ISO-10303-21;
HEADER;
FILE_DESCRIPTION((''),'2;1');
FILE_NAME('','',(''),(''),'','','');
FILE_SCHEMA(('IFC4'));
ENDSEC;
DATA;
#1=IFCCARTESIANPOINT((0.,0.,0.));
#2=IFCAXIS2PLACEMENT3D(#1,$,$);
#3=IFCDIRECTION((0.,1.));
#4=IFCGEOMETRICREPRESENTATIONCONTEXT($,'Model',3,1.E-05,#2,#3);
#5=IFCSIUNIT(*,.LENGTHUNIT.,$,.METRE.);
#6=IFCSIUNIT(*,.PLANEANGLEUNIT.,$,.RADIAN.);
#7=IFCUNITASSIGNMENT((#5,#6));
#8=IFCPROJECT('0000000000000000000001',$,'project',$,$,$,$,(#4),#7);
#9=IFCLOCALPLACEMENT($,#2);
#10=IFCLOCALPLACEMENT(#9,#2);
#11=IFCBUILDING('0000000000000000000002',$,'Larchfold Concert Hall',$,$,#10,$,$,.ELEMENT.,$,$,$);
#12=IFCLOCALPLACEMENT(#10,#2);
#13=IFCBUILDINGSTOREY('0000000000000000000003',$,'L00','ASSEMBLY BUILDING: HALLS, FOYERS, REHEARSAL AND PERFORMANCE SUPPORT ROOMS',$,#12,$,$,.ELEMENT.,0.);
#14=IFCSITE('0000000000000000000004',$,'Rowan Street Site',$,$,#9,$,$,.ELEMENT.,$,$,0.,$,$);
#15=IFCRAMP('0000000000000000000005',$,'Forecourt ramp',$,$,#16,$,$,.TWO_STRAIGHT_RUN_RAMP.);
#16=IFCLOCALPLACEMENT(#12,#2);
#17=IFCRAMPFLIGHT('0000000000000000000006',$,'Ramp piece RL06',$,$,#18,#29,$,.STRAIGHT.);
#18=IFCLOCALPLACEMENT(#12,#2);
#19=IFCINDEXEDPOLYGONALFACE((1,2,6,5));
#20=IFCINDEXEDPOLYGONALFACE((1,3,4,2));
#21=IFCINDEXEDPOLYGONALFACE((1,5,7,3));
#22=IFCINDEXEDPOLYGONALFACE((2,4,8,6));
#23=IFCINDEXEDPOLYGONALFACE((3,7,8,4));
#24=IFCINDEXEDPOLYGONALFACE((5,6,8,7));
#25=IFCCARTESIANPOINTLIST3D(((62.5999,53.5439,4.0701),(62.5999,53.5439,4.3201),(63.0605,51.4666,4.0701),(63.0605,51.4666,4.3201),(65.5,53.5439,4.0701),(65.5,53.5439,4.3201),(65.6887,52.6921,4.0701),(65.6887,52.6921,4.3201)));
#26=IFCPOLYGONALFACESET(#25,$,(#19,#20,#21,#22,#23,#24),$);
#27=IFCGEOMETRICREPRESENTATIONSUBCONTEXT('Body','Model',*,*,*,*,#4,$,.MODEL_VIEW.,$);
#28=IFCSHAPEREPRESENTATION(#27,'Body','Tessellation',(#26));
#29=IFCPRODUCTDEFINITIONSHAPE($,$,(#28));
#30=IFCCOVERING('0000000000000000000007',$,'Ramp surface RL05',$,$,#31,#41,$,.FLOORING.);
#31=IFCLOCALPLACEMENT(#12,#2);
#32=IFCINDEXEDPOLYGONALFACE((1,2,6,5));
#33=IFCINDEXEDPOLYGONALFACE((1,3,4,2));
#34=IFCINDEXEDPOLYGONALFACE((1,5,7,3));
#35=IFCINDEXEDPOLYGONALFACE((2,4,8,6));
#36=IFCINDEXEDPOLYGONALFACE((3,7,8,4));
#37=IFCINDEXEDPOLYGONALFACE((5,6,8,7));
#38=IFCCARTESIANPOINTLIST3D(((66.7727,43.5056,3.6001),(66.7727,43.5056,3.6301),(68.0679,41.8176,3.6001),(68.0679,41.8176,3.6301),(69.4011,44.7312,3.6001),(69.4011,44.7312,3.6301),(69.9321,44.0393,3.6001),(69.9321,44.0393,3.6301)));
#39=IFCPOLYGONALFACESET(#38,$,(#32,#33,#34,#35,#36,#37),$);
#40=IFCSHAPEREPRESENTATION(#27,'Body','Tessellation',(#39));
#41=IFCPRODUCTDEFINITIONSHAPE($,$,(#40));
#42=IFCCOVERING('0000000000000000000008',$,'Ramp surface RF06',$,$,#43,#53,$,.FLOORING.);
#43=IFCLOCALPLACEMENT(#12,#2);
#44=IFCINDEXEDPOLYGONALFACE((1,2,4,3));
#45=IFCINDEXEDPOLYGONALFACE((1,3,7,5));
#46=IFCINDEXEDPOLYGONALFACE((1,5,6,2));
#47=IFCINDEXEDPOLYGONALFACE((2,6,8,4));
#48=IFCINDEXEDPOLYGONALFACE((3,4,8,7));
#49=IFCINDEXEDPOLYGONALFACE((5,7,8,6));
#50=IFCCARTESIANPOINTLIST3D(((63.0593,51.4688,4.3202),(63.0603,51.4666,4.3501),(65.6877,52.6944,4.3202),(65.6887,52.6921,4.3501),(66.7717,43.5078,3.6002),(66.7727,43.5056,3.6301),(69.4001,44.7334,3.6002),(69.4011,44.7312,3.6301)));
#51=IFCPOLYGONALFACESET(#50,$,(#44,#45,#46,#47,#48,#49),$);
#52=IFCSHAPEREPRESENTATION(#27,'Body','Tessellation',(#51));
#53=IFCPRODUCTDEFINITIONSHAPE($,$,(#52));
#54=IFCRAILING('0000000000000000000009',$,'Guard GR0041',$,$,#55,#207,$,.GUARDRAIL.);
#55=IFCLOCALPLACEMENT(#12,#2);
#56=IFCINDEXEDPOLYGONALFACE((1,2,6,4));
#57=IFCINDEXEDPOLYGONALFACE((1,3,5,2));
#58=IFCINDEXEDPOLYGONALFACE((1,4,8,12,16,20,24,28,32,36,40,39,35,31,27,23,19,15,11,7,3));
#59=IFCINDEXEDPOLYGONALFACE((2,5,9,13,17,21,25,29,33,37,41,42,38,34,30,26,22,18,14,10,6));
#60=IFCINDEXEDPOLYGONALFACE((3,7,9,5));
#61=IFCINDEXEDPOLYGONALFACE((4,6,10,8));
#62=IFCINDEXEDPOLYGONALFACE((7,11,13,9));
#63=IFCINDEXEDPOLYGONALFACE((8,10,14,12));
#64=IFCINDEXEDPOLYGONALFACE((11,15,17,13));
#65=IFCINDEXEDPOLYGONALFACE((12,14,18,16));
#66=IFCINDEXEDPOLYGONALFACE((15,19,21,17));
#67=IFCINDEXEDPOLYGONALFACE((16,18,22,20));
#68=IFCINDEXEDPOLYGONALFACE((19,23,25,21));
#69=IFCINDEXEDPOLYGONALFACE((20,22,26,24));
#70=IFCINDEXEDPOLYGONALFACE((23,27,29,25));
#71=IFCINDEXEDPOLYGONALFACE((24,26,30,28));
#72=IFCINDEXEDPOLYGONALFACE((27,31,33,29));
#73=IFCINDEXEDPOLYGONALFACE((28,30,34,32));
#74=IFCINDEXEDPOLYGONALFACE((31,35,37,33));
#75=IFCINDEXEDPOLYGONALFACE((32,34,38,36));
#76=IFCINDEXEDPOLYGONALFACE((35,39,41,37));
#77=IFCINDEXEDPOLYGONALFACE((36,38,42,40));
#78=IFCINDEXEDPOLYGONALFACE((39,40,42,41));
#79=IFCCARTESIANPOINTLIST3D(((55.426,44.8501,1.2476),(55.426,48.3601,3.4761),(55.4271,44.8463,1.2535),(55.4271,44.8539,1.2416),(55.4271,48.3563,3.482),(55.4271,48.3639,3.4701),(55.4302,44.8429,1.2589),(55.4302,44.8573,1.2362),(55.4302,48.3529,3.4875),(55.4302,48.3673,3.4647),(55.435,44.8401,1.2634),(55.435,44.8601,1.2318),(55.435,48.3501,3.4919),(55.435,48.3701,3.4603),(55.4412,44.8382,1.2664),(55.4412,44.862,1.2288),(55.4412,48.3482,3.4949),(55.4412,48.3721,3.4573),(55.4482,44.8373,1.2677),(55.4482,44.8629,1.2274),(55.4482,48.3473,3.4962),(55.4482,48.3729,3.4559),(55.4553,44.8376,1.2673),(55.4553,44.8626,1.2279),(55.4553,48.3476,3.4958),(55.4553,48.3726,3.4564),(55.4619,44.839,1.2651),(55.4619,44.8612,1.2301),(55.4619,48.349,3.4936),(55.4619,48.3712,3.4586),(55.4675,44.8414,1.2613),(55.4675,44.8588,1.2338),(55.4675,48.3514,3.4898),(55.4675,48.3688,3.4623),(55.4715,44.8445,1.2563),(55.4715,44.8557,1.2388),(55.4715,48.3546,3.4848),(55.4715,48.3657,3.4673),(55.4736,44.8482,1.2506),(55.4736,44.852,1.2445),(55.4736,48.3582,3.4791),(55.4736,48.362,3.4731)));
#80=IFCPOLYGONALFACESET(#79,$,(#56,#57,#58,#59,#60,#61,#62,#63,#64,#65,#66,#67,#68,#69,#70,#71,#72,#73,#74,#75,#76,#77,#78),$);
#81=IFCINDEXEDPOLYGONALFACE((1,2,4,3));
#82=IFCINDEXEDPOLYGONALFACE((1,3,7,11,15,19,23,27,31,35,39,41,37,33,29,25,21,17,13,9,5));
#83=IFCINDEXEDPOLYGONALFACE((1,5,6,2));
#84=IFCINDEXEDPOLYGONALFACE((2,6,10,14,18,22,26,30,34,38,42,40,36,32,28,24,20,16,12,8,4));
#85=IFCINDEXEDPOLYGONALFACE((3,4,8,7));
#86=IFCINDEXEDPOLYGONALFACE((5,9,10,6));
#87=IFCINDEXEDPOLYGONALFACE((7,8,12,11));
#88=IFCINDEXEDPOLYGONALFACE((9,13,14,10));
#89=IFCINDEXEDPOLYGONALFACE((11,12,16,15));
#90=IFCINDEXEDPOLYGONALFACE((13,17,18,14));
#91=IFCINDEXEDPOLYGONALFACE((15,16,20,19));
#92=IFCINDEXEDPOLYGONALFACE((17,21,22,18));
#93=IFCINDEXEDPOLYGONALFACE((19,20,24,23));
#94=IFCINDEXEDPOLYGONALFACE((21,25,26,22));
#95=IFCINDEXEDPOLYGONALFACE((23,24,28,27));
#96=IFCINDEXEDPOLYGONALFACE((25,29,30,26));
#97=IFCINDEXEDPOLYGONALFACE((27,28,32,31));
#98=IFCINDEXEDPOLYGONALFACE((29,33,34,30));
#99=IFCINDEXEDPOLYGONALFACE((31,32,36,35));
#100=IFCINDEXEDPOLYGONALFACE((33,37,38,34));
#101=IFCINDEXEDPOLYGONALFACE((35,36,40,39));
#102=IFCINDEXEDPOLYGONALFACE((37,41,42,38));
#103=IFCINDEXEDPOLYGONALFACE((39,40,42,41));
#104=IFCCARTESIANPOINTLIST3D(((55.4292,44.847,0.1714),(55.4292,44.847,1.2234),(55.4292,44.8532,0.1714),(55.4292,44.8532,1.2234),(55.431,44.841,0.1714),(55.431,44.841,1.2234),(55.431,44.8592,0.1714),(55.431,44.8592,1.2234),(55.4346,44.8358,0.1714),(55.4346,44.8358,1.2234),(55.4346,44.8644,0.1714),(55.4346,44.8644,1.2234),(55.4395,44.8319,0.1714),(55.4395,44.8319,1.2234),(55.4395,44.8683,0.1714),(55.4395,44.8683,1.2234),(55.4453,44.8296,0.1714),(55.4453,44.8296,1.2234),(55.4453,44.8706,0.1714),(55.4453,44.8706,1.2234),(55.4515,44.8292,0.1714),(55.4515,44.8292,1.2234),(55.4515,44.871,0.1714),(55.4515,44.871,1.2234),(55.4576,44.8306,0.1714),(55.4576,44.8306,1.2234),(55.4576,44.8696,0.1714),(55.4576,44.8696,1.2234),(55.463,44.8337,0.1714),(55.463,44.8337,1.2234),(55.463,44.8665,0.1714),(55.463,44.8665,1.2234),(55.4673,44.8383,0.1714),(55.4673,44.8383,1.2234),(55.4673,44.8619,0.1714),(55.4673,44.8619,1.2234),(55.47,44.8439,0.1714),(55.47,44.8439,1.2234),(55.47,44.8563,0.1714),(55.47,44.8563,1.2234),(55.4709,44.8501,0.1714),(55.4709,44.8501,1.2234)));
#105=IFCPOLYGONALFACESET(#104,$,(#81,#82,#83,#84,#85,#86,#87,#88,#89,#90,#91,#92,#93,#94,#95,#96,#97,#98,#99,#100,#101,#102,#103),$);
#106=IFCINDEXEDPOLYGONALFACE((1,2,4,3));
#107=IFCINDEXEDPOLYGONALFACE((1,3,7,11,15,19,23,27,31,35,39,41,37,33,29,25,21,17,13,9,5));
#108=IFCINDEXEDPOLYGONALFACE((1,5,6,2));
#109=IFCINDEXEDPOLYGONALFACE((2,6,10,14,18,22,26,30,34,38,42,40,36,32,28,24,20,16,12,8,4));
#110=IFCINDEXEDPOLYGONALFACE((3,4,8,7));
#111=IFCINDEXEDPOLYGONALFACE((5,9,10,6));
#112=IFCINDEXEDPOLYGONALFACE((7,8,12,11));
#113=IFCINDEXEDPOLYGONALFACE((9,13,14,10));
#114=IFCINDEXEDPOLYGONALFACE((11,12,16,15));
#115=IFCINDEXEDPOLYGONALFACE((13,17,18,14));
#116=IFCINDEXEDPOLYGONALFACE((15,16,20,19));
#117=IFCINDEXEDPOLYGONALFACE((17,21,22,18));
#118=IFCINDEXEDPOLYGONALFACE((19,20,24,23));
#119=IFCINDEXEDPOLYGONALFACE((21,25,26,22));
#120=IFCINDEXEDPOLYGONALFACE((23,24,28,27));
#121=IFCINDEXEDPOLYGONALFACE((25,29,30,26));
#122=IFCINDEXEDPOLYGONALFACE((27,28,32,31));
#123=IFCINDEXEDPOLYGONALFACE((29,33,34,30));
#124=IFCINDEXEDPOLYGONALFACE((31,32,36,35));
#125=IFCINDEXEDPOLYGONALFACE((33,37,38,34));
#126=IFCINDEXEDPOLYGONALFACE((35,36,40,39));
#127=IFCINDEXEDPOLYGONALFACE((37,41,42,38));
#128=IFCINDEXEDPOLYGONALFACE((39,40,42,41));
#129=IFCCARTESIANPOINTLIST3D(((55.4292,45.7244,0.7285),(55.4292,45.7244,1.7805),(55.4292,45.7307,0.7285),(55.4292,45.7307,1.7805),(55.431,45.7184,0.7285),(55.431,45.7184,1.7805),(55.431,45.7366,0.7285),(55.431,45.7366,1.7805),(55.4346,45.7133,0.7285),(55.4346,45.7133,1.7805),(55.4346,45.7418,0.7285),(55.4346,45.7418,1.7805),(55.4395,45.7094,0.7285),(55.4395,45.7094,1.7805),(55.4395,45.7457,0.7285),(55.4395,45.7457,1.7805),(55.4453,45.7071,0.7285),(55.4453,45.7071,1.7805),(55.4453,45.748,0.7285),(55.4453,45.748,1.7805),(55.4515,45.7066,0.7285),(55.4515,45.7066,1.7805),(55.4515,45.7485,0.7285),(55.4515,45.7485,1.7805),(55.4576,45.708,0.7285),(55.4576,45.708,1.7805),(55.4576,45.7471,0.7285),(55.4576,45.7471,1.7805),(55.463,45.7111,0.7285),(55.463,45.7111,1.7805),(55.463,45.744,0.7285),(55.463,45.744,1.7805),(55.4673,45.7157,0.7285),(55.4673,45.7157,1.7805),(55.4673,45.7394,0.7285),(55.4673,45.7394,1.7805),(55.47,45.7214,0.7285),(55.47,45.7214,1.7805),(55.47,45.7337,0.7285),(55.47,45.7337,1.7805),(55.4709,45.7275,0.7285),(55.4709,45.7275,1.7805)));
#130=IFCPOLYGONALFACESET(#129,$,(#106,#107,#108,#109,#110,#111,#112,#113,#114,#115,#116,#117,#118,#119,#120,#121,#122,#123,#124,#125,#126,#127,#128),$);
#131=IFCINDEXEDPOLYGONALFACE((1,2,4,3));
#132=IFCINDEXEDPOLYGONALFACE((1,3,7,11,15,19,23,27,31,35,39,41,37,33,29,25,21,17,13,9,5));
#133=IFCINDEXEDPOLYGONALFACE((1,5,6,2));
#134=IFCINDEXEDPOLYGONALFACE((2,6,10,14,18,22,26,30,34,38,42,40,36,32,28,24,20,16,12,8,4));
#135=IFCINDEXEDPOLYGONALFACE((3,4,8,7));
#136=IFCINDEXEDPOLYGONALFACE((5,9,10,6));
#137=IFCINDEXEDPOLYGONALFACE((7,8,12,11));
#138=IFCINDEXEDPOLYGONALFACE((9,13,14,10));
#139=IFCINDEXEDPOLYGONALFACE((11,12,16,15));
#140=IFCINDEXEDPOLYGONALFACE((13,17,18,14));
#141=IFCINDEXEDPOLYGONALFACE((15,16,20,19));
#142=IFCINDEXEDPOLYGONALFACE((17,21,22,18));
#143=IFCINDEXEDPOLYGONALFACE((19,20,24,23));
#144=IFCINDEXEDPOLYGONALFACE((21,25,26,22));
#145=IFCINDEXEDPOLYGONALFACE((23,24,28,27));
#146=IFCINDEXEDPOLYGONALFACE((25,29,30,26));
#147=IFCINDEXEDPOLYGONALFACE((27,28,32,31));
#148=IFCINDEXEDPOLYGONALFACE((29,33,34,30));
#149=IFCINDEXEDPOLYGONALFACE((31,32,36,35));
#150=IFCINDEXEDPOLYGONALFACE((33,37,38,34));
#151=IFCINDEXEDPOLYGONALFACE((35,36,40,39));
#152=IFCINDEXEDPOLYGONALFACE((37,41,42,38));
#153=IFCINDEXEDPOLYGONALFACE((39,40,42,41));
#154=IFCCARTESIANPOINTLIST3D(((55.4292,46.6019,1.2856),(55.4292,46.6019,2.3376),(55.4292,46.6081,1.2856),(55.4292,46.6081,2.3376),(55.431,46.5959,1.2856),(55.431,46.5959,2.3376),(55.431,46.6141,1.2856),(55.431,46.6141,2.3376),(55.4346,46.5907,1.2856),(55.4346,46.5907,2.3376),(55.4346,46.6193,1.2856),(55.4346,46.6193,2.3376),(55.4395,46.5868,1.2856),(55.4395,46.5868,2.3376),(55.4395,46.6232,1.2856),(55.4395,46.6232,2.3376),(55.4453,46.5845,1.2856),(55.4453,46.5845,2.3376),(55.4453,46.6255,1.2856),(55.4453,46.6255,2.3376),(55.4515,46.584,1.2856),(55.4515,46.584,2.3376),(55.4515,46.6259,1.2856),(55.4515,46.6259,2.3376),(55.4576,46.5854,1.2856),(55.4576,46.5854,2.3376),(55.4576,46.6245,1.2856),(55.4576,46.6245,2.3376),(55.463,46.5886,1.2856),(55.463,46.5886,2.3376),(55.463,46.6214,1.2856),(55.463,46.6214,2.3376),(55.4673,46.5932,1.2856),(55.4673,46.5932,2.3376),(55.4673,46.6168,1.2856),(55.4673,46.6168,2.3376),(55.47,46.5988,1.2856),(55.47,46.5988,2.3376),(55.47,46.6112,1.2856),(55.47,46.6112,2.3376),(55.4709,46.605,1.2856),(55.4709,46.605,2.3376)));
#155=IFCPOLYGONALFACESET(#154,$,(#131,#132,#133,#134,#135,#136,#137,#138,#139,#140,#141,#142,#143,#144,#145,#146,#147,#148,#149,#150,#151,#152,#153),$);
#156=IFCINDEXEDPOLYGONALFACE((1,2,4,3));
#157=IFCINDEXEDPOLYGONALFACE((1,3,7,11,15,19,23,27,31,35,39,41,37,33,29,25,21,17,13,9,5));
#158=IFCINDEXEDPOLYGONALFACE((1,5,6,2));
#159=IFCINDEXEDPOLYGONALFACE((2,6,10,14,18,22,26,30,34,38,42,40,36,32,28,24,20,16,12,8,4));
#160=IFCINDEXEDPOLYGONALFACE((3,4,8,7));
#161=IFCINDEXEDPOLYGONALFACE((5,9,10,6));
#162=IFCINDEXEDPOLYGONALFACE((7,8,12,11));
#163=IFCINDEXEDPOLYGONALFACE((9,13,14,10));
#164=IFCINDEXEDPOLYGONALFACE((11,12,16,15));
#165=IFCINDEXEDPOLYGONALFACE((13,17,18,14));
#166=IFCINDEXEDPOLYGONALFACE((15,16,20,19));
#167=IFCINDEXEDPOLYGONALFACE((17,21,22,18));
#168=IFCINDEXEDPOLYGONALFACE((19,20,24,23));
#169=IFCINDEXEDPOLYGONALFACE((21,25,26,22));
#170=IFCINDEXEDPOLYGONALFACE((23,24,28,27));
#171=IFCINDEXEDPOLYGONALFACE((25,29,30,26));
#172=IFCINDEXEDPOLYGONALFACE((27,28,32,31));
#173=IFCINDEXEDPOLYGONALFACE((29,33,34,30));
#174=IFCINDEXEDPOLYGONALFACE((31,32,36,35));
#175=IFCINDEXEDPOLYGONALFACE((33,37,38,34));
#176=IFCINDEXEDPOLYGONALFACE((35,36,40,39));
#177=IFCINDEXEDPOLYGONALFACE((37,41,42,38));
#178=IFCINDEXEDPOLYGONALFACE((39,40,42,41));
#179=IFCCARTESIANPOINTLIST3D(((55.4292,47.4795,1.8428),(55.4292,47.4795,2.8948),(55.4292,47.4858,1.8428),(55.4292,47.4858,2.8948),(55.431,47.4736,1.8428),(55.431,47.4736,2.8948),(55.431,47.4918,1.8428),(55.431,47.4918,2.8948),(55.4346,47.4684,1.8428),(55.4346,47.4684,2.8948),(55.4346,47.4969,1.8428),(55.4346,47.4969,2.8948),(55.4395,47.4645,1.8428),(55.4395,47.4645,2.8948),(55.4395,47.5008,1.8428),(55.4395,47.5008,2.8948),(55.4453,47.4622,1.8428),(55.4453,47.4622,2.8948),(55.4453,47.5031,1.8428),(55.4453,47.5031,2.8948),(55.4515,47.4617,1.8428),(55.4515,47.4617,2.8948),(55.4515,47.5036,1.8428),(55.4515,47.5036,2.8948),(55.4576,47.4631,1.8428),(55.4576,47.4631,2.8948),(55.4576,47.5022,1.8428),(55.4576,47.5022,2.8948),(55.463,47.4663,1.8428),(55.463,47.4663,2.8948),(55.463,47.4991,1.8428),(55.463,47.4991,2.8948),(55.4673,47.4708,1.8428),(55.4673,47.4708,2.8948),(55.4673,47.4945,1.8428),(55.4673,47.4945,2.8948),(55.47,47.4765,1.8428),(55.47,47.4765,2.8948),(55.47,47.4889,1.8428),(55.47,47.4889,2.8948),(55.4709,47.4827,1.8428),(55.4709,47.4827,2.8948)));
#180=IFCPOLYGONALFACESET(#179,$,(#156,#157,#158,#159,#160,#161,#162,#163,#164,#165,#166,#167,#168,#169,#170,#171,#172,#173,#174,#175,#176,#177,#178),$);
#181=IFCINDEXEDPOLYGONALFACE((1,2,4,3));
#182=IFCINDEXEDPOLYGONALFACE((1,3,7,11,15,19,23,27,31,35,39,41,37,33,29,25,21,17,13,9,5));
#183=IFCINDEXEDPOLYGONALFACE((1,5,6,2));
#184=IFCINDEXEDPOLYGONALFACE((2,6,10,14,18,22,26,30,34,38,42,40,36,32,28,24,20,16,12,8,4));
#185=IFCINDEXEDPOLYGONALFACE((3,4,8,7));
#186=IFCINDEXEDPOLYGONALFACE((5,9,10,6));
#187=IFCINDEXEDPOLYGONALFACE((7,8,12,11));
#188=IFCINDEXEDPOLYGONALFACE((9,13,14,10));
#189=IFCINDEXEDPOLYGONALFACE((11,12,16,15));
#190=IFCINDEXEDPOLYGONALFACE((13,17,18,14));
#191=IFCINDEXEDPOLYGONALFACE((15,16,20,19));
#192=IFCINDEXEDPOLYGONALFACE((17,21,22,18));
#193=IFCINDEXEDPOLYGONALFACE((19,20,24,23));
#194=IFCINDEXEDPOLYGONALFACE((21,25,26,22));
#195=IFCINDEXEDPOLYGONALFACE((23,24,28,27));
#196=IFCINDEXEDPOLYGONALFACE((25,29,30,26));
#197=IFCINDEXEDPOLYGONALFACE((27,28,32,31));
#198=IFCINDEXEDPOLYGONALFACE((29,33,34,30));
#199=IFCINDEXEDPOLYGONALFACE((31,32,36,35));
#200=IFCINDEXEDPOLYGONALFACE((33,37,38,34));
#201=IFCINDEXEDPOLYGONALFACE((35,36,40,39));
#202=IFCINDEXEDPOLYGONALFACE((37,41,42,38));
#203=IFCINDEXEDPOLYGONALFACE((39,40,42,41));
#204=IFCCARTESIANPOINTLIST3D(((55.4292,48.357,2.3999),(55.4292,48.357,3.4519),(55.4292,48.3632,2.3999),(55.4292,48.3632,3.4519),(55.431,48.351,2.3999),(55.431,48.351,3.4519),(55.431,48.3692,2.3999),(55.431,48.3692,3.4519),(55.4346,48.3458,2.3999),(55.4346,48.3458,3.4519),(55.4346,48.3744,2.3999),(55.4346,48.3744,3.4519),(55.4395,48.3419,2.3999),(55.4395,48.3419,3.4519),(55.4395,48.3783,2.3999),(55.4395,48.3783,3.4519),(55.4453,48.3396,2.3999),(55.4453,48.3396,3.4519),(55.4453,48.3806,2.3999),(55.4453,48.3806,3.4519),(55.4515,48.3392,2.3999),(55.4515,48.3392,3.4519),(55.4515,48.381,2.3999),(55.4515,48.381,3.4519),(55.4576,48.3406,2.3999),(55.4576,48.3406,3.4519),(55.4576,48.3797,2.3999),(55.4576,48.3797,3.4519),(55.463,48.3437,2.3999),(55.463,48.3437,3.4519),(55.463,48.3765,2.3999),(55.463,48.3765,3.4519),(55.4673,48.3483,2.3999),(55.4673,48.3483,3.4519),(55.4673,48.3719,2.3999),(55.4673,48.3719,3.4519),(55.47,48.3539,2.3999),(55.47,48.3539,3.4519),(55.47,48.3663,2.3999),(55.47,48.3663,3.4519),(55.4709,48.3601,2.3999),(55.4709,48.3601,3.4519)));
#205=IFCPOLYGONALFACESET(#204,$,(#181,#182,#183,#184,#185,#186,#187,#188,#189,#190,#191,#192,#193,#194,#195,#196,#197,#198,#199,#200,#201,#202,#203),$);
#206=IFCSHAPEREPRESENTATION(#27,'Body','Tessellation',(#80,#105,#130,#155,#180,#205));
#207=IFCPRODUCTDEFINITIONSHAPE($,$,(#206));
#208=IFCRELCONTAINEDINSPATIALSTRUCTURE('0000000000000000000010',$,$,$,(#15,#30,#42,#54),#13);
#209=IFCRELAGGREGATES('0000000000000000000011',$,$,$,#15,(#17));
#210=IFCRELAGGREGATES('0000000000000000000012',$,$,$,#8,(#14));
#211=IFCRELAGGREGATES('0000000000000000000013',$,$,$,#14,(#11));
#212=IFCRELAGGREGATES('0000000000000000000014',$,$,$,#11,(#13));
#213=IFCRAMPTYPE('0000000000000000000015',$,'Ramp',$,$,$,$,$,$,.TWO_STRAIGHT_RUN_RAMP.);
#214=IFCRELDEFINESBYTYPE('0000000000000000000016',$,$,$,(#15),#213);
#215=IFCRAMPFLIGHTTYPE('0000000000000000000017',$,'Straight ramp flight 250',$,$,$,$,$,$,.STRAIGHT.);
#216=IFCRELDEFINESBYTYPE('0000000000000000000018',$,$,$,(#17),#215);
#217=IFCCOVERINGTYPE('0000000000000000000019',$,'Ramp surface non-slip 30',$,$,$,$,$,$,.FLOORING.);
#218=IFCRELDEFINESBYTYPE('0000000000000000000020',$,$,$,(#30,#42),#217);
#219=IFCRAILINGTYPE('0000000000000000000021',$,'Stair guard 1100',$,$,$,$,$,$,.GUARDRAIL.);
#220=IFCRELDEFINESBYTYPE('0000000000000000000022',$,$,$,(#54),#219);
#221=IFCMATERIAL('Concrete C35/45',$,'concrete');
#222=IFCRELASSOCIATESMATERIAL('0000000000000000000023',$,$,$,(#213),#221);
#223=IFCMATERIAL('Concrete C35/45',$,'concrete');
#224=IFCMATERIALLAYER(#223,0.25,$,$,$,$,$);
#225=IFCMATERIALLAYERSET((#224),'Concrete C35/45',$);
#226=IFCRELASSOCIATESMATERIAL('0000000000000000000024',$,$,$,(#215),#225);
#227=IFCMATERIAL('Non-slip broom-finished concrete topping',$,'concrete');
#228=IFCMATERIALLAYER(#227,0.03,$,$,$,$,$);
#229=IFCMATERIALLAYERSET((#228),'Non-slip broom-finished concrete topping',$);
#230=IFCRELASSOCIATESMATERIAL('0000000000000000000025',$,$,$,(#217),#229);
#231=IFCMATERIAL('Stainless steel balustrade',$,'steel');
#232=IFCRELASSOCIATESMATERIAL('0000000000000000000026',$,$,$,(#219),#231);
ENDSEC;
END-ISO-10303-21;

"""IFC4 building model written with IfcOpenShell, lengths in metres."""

from ifc_helpers import new_model, si_unit, direction, frame, origin, origin_2d, place, context, subcontext, project, spatial, polyline, circle, outline, extrude, material, layer, layer_set, type_object, element, aggregate, save


model = new_model("IFC4")

# Units and contexts
model_context = context("Model", 3, precision=1e-05, world=origin(), true_north=direction((0.0, 1.0)))
body_context = subcontext(model_context, "Body", "Model", "MODEL_VIEW")
ifc_project = project(units=[si_unit("LENGTHUNIT", "METRE"), si_unit("PLANEANGLEUNIT", "RADIAN")], contexts=[model_context])

# Site, building, storey
site_placement = place(None, origin())
site = spatial("IfcSite", under=ifc_project, at=site_placement, Name="Rowan Street Site", CompositionType="ELEMENT", RefElevation=0.0)
building_placement = place(site_placement, origin())
building = spatial("IfcBuilding", under=site, at=building_placement, Name="Larchfold Concert Hall", CompositionType="ELEMENT")
storey_placement = place(building_placement, origin())
storey = spatial("IfcBuildingStorey", under=building, at=storey_placement, Name="L00", Description="ASSEMBLY BUILDING: HALLS, FOYERS, REHEARSAL AND PERFORMANCE SUPPORT ROOMS", CompositionType="ELEMENT", Elevation=0.0)

# Ramp, ramp flight
ifc_material_1 = material(Name="Concrete C35/45", Category="concrete")
ramp_type = type_object("IfcRampType", Name="Ramp", PredefinedType="TWO_STRAIGHT_RUN_RAMP", material=ifc_material_1)
ramp_placement = place(storey_placement, origin())
ramp = element("IfcRamp", 1, at=ramp_placement, inside=storey, type_object=ramp_type, Name="Forecourt ramp", PredefinedType="TWO_STRAIGHT_RUN_RAMP")
ifc_material_2 = material(Name="Concrete C35/45", Category="concrete")
ifc_layer_1 = layer(ifc_material_2, 0.25)
ifc_layer_set_1 = layer_set([ifc_layer_1], Name="Concrete C35/45")
ramp_flight_type = type_object("IfcRampFlightType", Name="Straight ramp flight 250", PredefinedType="STRAIGHT", material=ifc_layer_set_1)
ramp_flight_1_placement = place(storey_placement, frame((63.0605, 51.4666, 4.3201), z_axis=(0.0, 0.0, 1.0), x_axis=(-0.216505, 0.976281, 0.0)))
ramp_flight_1 = element("IfcRampFlight", 2, at=ramp_flight_1_placement, type_object=ramp_flight_type, Name="Ramp piece RL06", PredefinedType="STRAIGHT", context=body_context, shape_type="SweptSolid", body=[
    extrude(outline(polyline([(0.0, 0.0), (2.1279, 0.0), (1.5, -2.8314), (0.6275, -2.8312), (0.0, 0.0)])), origin(), (0.0, 0.0, -1.0), 0.25),
])
aggregate(ramp, [ramp_flight_1])

# Coverings
ifc_material_3 = material(Name="Non-slip broom-finished concrete topping", Category="concrete")
ifc_layer_2 = layer(ifc_material_3, 0.03)
ifc_layer_set_2 = layer_set([ifc_layer_2], Name="Non-slip broom-finished concrete topping")
covering_type = type_object("IfcCoveringType", Name="Ramp surface non-slip 30", PredefinedType="FLOORING", material=ifc_layer_set_2)
covering_1_placement = place(storey_placement, frame((68.0679, 41.8176, 3.6301), z_axis=(0.0, 0.0, 1.0), x_axis=(-0.60874, 0.79337, 0.0)))
element("IfcCovering", 3, at=covering_1_placement, inside=storey, type_object=covering_type, Name="Ramp surface RL05", PredefinedType="FLOORING", context=body_context, shape_type="SweptSolid", body=[
    extrude(outline(polyline([(0.0, 0.0), (2.1276, 0.0), (1.4999, -2.8314), (0.6278, -2.8315), (0.0, 0.0)])), origin(), (0.0, 0.0, -1.0), 0.03),
])
covering_2_placement = place(storey_placement, frame((66.7727, 43.5056, 3.6301), z_axis=(0.034522, -0.074037, 0.996658), x_axis=(-0.42122, 0.903272, 0.08169)))
element("IfcCovering", 4, at=covering_2_placement, inside=storey, type_object=covering_type, Name="Ramp surface RF06", PredefinedType="FLOORING", context=body_context, shape_type="SweptSolid", body=[
    extrude(outline(polyline([(0.0, 0.0), (8.8134, 0.0), (8.8133, -2.9001), (-0.0001, -2.9001), (0.0, 0.0)])), origin(), (0.0, 0.0, -1.0), 0.03),
])

# Railing
ifc_material_4 = material(Name="Stainless steel balustrade", Category="steel")
railing_type_1 = type_object("IfcRailingType", Name="Stair guard 1100", PredefinedType="GUARDRAIL", material=ifc_material_4)
railing_1_placement = place(storey_placement, frame((55.45, 44.8501, 0.1714)))
element("IfcRailing", 5, at=railing_1_placement, inside=storey, type_object=railing_type_1, Name="Guard GR0041", PredefinedType="GUARDRAIL", context=body_context, shape_type="SweptSolid", body=[
    extrude(circle(Radius=0.0239, at=origin_2d()), frame((0.0, 0.0, 1.0762), z_axis=(0.0, 0.84422, 0.535998), x_axis=(-1.0, 0.0, 0.0)), (0.0, 0.0, 1.0), 4.1577),
    extrude(circle(Radius=0.021, at=origin_2d()), origin(), (0.0, 0.0, 1.0), 1.052),
    extrude(circle(Radius=0.021, at=origin_2d()), frame((0.0, 0.8774, 0.5571)), (0.0, 0.0, 1.0), 1.052),
    extrude(circle(Radius=0.021, at=origin_2d()), frame((0.0, 1.7549, 1.1143)), (0.0, 0.0, 1.0), 1.052),
    extrude(circle(Radius=0.021, at=origin_2d()), frame((0.0, 2.6326, 1.6714)), (0.0, 0.0, 1.0), 1.052),
    extrude(circle(Radius=0.021, at=origin_2d()), frame((0.0, 3.51, 2.2285)), (0.0, 0.0, 1.0), 1.052),
])

save(model, "model.ifc")
